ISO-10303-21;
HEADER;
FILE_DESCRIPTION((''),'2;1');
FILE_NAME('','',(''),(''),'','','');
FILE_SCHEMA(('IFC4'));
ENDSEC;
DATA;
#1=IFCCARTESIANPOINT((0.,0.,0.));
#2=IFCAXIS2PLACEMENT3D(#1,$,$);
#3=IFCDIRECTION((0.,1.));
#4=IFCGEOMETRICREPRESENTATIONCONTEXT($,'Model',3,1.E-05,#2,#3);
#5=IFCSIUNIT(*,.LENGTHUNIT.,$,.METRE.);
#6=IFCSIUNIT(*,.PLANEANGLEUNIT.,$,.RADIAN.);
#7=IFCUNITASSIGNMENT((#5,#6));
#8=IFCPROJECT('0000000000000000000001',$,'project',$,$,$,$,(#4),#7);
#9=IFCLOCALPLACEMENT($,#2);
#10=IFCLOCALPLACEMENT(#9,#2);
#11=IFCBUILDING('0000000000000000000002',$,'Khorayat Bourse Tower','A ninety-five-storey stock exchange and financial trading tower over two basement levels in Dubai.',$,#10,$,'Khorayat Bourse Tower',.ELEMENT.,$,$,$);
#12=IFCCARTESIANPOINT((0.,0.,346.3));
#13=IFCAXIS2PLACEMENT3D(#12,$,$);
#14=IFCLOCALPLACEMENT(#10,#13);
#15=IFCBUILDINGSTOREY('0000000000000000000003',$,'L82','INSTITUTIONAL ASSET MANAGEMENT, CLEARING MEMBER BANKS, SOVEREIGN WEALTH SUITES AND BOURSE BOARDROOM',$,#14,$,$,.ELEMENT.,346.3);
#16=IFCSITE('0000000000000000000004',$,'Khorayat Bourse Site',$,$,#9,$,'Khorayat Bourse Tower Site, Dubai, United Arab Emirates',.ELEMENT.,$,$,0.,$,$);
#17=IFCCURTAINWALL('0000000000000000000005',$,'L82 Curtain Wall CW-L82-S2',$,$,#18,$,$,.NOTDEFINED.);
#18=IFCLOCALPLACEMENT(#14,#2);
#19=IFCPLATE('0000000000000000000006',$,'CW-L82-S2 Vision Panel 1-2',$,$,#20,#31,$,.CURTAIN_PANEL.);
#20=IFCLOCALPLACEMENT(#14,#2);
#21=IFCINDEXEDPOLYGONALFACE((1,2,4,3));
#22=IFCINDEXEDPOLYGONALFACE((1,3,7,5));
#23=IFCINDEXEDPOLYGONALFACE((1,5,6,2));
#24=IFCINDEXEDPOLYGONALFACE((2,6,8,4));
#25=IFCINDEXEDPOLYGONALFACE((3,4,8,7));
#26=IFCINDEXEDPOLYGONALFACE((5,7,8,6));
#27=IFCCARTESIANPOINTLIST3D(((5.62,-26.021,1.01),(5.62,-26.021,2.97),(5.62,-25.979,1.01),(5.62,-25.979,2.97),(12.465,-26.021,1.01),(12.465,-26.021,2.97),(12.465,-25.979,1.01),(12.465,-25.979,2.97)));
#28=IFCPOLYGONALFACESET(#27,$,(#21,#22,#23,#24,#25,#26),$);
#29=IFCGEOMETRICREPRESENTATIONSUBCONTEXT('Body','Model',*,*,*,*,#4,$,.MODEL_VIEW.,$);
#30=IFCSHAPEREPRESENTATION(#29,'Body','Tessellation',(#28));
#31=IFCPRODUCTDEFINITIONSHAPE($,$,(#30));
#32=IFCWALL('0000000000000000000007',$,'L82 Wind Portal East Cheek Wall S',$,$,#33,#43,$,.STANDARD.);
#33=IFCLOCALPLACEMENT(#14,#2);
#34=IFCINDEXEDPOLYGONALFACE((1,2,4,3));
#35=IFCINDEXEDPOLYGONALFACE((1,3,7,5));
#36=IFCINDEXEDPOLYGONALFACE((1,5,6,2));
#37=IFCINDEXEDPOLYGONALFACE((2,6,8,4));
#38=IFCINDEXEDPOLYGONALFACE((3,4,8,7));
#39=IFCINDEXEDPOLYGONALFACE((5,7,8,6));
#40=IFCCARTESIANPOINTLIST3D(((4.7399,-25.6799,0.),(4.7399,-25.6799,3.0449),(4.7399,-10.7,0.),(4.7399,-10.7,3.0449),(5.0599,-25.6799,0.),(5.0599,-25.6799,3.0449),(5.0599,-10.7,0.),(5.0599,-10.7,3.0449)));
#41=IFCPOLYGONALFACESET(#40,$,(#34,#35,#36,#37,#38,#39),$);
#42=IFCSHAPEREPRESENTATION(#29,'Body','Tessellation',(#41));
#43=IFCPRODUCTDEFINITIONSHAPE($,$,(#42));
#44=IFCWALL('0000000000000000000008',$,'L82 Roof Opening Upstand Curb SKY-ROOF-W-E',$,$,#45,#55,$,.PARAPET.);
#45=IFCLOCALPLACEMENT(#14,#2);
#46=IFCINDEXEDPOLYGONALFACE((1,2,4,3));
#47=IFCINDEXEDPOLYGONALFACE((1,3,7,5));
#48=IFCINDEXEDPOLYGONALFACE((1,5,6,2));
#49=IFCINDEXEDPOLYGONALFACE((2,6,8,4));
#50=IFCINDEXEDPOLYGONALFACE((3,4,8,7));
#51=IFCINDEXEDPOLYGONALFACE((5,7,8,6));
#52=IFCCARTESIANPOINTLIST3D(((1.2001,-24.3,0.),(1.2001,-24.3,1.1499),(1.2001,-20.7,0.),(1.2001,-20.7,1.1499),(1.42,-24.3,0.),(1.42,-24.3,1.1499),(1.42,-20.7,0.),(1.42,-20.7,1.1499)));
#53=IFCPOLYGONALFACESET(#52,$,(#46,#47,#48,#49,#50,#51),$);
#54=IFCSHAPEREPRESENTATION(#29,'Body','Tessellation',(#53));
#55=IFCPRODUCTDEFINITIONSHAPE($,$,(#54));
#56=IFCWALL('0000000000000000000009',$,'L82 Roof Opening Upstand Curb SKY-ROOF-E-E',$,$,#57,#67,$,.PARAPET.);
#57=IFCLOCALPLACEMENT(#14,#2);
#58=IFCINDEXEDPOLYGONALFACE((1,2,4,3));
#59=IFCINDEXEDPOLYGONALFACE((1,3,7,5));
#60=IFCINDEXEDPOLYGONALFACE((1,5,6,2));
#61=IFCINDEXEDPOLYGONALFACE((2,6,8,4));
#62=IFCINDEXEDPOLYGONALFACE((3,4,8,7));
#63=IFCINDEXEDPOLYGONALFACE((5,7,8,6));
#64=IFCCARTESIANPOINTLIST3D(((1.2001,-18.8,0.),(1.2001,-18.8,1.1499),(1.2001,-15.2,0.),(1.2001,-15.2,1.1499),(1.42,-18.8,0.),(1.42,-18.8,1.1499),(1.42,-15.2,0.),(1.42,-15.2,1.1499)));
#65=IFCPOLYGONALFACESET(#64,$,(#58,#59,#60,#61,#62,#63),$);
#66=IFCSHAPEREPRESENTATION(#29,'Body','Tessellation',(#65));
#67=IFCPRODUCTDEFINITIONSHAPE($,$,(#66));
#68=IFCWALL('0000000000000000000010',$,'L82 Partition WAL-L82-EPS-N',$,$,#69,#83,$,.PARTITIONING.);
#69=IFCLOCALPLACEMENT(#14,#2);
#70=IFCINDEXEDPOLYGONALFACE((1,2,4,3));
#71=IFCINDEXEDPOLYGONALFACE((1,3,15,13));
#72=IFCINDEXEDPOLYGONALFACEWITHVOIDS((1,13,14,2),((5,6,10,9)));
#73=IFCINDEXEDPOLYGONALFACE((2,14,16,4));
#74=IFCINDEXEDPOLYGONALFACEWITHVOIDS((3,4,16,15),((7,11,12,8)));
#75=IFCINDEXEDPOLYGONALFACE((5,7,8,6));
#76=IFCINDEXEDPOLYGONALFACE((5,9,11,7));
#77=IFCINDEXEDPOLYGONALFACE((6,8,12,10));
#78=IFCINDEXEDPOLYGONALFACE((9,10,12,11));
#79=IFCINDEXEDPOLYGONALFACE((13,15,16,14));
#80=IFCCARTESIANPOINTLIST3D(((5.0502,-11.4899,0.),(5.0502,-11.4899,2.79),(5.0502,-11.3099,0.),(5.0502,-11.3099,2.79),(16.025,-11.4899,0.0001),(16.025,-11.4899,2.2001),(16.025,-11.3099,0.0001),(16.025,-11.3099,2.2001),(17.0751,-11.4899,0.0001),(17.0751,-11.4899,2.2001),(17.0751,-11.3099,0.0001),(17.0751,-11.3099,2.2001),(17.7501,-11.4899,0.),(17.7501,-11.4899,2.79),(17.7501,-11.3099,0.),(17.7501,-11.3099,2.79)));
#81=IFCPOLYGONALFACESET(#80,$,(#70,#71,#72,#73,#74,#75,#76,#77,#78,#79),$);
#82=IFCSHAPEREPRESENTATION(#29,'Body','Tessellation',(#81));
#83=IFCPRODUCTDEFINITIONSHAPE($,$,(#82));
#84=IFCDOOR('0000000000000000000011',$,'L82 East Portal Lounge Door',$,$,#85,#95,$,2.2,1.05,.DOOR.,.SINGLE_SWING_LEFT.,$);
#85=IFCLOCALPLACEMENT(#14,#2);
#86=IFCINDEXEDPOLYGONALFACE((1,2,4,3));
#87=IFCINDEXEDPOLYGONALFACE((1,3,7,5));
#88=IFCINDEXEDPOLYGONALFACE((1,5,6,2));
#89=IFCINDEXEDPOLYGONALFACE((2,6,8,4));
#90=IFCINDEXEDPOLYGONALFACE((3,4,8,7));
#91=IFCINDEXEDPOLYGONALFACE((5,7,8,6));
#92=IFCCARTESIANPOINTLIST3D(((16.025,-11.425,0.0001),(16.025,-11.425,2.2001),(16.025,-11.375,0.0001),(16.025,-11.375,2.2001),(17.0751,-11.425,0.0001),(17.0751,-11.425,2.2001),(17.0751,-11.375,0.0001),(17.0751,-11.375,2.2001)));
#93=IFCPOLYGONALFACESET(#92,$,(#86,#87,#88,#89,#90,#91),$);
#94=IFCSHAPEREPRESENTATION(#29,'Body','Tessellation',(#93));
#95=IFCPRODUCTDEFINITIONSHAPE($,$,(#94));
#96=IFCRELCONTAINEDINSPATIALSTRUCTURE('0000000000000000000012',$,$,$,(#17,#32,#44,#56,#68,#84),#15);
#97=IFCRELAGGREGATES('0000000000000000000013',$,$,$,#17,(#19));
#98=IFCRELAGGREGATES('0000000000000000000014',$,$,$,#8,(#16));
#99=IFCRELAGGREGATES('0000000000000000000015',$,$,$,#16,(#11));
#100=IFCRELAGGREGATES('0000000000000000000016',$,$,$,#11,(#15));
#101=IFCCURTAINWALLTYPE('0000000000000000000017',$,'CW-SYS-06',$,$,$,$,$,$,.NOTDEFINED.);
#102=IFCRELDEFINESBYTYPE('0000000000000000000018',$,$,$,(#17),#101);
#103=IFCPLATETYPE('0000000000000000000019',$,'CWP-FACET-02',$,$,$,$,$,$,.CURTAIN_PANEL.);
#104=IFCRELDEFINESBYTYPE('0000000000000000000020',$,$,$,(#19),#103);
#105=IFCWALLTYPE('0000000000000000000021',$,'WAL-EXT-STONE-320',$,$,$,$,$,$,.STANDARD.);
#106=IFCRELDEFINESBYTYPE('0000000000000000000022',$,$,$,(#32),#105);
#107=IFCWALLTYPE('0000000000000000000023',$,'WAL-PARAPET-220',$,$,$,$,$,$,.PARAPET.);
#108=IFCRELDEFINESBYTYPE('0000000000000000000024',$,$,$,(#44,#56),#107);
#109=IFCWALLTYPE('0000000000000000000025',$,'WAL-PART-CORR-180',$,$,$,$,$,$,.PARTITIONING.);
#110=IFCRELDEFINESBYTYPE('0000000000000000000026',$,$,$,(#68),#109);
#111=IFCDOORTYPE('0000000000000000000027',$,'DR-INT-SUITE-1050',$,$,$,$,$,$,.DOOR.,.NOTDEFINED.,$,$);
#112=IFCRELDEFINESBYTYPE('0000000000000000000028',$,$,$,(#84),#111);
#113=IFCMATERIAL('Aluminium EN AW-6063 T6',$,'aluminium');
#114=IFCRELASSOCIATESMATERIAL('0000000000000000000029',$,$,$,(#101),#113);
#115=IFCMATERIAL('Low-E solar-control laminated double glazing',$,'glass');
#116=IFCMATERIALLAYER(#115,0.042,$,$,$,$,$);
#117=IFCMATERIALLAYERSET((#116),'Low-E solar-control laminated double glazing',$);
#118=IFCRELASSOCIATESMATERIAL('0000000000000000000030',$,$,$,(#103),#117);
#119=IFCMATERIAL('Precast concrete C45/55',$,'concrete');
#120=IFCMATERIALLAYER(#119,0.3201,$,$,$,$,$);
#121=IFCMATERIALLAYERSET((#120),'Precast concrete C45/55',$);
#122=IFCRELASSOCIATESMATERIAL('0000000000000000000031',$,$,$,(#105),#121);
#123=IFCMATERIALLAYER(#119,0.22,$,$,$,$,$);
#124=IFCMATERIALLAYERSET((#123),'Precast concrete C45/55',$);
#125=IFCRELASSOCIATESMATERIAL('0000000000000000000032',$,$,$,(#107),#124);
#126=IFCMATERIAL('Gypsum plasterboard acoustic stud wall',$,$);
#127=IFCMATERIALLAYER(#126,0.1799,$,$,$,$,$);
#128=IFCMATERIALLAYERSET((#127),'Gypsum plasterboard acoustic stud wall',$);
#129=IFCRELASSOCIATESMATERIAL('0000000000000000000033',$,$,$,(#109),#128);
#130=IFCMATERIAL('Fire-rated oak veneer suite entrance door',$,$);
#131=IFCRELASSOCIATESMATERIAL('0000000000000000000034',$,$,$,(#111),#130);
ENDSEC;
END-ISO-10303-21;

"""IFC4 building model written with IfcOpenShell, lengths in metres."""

from ifc_helpers import new_model, si_unit, direction, frame, frame_2d, origin, origin_2d, place, context, subcontext, project, spatial, rectangle, extrude, source, transform, mapped, material, layer, layer_set, type_object, element, fill, aggregate, save


model = new_model("IFC4")

# Units and contexts
model_context = context("Model", 3, precision=1e-05, world=origin(), true_north=direction((0.0, 1.0)))
body_context = subcontext(model_context, "Body", "Model", "MODEL_VIEW")
ifc_project = project(units=[si_unit("LENGTHUNIT", "METRE"), si_unit("PLANEANGLEUNIT", "RADIAN")], contexts=[model_context])

# Site, building, storey
site_placement = place(None, origin())
site = spatial("IfcSite", under=ifc_project, at=site_placement, Name="Khorayat Bourse Site", LongName="Khorayat Bourse Tower Site, Dubai, United Arab Emirates", CompositionType="ELEMENT", RefElevation=0.0)
building_placement = place(site_placement, origin())
building = spatial("IfcBuilding", under=site, at=building_placement, Name="Khorayat Bourse Tower", Description="A ninety-five-storey stock exchange and financial trading tower over two basement levels in Dubai.", LongName="Khorayat Bourse Tower", CompositionType="ELEMENT")
storey_placement = place(building_placement, frame((0.0, 0.0, 346.3)))
storey = spatial("IfcBuildingStorey", under=building, at=storey_placement, Name="L82", Description="INSTITUTIONAL ASSET MANAGEMENT, CLEARING MEMBER BANKS, SOVEREIGN WEALTH SUITES AND BOURSE BOARDROOM", CompositionType="ELEMENT", Elevation=346.3)

# Curtain wall
ifc_material_1 = material(Name="Aluminium EN AW-6063 T6", Category="aluminium")
curtain_wall_type = type_object("IfcCurtainWallType", Name="CW-SYS-06", PredefinedType="NOTDEFINED", material=ifc_material_1)
curtain_wall_placement = place(storey_placement, origin())
curtain_wall = element("IfcCurtainWall", 1, at=curtain_wall_placement, inside=storey, type_object=curtain_wall_type, Name="L82 Curtain Wall CW-L82-S2", PredefinedType="NOTDEFINED")

# Plate
ifc_material_2 = material(Name="Low-E solar-control laminated double glazing", Category="glass")
ifc_layer_1 = layer(ifc_material_2, 0.042)
ifc_layer_set_1 = layer_set([ifc_layer_1], Name="Low-E solar-control laminated double glazing")
plate_type_1 = type_object("IfcPlateType", Name="CWP-FACET-02", PredefinedType="CURTAIN_PANEL", material=ifc_layer_set_1)
shared_shape_1 = source(origin(), body_context, "Body", "SweptSolid", [
    extrude(rectangle(XDim=6.845, YDim=0.042, at=origin_2d()), origin(), (0.0, 0.0, 1.0), 1.96),
])
plate_1_placement = place(storey_placement, frame((9.0425, -26.0, 1.01), z_axis=(0.0, 0.0, 1.0), x_axis=(1.0, 0.0, 0.0)))
plate_1 = element("IfcPlate", 2, at=plate_1_placement, type_object=plate_type_1, Name="CW-L82-S2 Vision Panel 1-2", PredefinedType="CURTAIN_PANEL", context=body_context, shape_type="MappedRepresentation", body=[
    mapped(shared_shape_1, transform((0.0, 0.0, 0.0), scale=1.0)),
])
aggregate(curtain_wall, [plate_1])

# Walls
ifc_material_3 = material(Name="Precast concrete C45/55", Category="concrete")
ifc_layer_2 = layer(ifc_material_3, 0.3201)
ifc_layer_set_2 = layer_set([ifc_layer_2], Name="Precast concrete C45/55")
wall_type_1 = type_object("IfcWallType", Name="WAL-EXT-STONE-320", PredefinedType="STANDARD", material=ifc_layer_set_2)
shared_shape_2 = source(origin(), body_context, "Body", "SweptSolid", [
    extrude(rectangle(XDim=14.98, YDim=0.3201, at=frame_2d((7.49, 0.0))), origin(), (0.0, 0.0, 1.0), 3.0449),
])
wall_1_placement = place(storey_placement, frame((4.8999, -25.6799, 0.0), z_axis=(0.0, 0.0, 1.0), x_axis=(0.0, 1.0, 0.0)))
element("IfcWall", 3, at=wall_1_placement, inside=storey, type_object=wall_type_1, Name="L82 Wind Portal East Cheek Wall S", PredefinedType="STANDARD", context=body_context, shape_type="MappedRepresentation", body=[
    mapped(shared_shape_2, transform((0.0, 0.0, 0.0), scale=1.0)),
])
ifc_layer_3 = layer(ifc_material_3, 0.22)
ifc_layer_set_3 = layer_set([ifc_layer_3], Name="Precast concrete C45/55")
wall_type_2 = type_object("IfcWallType", Name="WAL-PARAPET-220", PredefinedType="PARAPET", material=ifc_layer_set_3)
shared_shape_3 = source(origin(), body_context, "Body", "SweptSolid", [
    extrude(rectangle(XDim=3.6001, YDim=0.22, at=frame_2d((1.8, 0.0))), origin(), (0.0, 0.0, 1.0), 1.1499),
])
for number, where, z_axis, x_axis, name in (
    (4, (1.3101, -24.3, 0.0), (0.0, 0.0, 1.0), (0.0, 1.0, 0.0), "L82 Roof Opening Upstand Curb SKY-ROOF-W-E"),
    (5, (1.3101, -18.8, 0.0), (0.0, 0.0, 1.0), (0.0, 1.0, 0.0), "L82 Roof Opening Upstand Curb SKY-ROOF-E-E"),
):
    element("IfcWall", number, at=place(storey_placement, frame(where, z_axis=z_axis, x_axis=x_axis)), inside=storey, type_object=wall_type_2, Name=name, PredefinedType="PARAPET", context=body_context, shape_type="MappedRepresentation", body=[
        mapped(shared_shape_3, transform((0.0, 0.0, 0.0), scale=1.0)),
    ])

# Wall, opening, door
ifc_material_4 = material(Name="Gypsum plasterboard acoustic stud wall")
ifc_layer_4 = layer(ifc_material_4, 0.1799)
ifc_layer_set_4 = layer_set([ifc_layer_4], Name="Gypsum plasterboard acoustic stud wall")
wall_type_3 = type_object("IfcWallType", Name="WAL-PART-CORR-180", PredefinedType="PARTITIONING", material=ifc_layer_set_4)
shared_shape_4 = source(origin(), body_context, "Body", "SweptSolid", [
    extrude(rectangle(XDim=12.7, YDim=0.1799, at=frame_2d((6.3501, 0.0))), origin(), (0.0, 0.0, 1.0), 2.79),
])
wall_2_placement = place(storey_placement, frame((5.05, -11.3999, 0.0), z_axis=(0.0, 0.0, 1.0), x_axis=(1.0, 0.0, 0.0)))
wall_2 = element("IfcWall", 6, at=wall_2_placement, inside=storey, type_object=wall_type_3, Name="L82 Partition WAL-L82-EPS-N", PredefinedType="PARTITIONING", context=body_context, shape_type="MappedRepresentation", body=[
    mapped(shared_shape_4, transform((0.0, 0.0, 0.0), scale=1.0)),
])
shared_shape_5 = source(origin(), body_context, "Body", "SweptSolid", [
    extrude(rectangle(XDim=1.05, YDim=2.2, at=frame_2d((0.5249, 1.1001))), frame((0.0, 0.0999, 0.0), z_axis=(0.0, -1.0, 0.0), x_axis=(1.0, 0.0, 0.0)), (0.0, 0.0, 1.0), 0.2),
])
opening_placement = place(wall_2_placement, frame((10.9751, 0.0, 0.0)))
opening = element("IfcOpeningElement", 7, at=opening_placement, cuts=wall_2, PredefinedType="OPENING", context=body_context, shape_type="MappedRepresentation", body=[
    mapped(shared_shape_5, transform((0.0, 0.0, 0.0), scale=1.0)),
])
ifc_material_5 = material(Name="Fire-rated oak veneer suite entrance door")
door_type = type_object("IfcDoorType", Name="DR-INT-SUITE-1050", OperationType="NOTDEFINED", PredefinedType="DOOR", material=ifc_material_5)
shared_shape_6 = source(origin(), body_context, "Body", "SweptSolid", [
    extrude(rectangle(XDim=1.05, YDim=2.2, at=frame_2d((0.5249, 1.1001))), frame((0.0, 0.0249, 0.0), z_axis=(0.0, -1.0, 0.0), x_axis=(1.0, 0.0, 0.0)), (0.0, 0.0, 1.0), 0.05),
])
door_placement = place(opening_placement, origin())
door = element("IfcDoor", 8, at=door_placement, inside=storey, type_object=door_type, Name="L82 East Portal Lounge Door", OperationType="SINGLE_SWING_LEFT", OverallHeight=2.2, OverallWidth=1.05, PredefinedType="DOOR", context=body_context, shape_type="MappedRepresentation", body=[
    mapped(shared_shape_6, transform((0.0, 0.0, 0.0), scale=1.0)),
])
fill(opening, door)

save(model, "model.ifc")
